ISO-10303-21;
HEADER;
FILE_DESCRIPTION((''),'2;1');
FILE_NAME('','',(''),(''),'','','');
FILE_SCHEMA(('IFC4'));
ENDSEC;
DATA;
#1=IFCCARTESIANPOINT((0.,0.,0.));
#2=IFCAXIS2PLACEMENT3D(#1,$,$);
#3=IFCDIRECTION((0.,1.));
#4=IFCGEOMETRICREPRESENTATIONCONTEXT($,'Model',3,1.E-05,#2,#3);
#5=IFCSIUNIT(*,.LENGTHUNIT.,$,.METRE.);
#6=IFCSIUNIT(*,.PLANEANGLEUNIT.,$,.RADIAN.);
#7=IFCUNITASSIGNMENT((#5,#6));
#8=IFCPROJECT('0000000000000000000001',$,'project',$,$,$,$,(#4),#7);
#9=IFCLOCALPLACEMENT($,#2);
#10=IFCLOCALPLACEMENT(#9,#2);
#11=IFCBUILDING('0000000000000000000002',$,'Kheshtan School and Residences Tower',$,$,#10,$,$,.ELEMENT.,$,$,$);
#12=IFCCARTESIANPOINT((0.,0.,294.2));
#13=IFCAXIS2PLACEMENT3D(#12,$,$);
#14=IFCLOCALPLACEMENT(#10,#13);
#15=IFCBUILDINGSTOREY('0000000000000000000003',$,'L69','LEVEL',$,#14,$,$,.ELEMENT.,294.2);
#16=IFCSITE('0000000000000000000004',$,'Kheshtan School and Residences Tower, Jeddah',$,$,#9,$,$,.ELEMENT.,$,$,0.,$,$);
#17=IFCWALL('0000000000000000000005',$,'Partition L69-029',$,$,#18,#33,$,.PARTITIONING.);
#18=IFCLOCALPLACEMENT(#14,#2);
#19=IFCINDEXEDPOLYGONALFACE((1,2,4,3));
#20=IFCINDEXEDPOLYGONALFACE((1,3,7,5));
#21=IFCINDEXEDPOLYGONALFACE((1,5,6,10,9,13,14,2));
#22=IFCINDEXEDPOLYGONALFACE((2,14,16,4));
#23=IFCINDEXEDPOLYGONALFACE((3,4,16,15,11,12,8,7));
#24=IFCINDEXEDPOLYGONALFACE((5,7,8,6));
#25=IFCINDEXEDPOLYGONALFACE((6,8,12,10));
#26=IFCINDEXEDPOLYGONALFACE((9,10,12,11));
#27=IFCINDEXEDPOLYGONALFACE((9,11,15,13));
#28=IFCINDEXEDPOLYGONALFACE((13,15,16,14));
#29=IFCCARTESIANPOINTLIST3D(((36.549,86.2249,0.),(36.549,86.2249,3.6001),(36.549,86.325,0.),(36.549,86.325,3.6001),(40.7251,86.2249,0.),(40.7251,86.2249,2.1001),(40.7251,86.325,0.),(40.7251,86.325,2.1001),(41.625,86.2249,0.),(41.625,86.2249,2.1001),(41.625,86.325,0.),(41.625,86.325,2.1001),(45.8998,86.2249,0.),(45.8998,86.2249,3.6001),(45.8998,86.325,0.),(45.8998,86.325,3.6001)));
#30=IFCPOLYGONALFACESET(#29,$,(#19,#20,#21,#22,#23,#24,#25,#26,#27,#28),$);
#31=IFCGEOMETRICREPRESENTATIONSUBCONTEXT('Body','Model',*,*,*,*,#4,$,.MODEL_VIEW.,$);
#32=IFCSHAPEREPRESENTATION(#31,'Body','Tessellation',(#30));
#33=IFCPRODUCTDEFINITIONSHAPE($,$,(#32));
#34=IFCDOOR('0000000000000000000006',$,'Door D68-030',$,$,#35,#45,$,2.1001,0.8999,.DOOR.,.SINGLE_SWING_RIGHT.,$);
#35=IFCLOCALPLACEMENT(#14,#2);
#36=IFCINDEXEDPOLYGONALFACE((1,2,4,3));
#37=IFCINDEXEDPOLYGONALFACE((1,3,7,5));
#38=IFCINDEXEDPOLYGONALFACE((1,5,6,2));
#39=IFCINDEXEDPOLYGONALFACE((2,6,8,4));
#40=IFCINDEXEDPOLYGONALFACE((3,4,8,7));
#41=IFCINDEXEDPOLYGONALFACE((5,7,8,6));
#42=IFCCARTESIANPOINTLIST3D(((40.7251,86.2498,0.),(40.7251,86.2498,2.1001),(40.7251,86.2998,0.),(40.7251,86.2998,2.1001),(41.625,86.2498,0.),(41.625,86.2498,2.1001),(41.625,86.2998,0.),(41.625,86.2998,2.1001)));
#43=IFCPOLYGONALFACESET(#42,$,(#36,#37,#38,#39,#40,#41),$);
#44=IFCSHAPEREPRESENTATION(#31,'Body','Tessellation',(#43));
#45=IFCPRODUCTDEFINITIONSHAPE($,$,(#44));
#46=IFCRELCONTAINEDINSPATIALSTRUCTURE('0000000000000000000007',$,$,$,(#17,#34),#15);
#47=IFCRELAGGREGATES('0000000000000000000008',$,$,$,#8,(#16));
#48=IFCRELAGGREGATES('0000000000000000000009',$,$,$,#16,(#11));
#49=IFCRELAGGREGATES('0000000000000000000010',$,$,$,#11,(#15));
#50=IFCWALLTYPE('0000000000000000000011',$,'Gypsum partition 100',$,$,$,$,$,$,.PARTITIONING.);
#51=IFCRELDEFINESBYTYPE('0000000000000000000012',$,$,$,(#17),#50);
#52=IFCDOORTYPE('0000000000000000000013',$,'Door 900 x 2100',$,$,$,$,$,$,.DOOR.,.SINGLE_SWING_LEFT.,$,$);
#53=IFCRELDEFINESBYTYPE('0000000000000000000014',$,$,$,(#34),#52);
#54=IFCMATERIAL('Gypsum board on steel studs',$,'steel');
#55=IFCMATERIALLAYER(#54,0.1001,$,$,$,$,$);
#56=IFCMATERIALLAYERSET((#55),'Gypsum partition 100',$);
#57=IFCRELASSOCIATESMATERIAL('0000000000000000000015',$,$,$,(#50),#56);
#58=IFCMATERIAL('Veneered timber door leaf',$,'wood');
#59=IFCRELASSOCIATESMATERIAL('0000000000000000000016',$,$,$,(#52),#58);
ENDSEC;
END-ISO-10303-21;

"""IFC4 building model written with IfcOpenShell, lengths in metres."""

from ifc_helpers import new_model, si_unit, direction, frame, frame_2d, origin, place, context, subcontext, project, spatial, rectangle, extrude, source, transform, mapped, material, layer, layer_set, type_object, element, fill, save


model = new_model("IFC4")

# Units and contexts
model_context = context("Model", 3, precision=1e-05, world=origin(), true_north=direction((0.0, 1.0)))
body_context = subcontext(model_context, "Body", "Model", "MODEL_VIEW")
ifc_project = project(units=[si_unit("LENGTHUNIT", "METRE"), si_unit("PLANEANGLEUNIT", "RADIAN")], contexts=[model_context])

# Site, building, storey
site_placement = place(None, origin())
site = spatial("IfcSite", under=ifc_project, at=site_placement, Name="Kheshtan School and Residences Tower, Jeddah", CompositionType="ELEMENT", RefElevation=0.0)
building_placement = place(site_placement, origin())
building = spatial("IfcBuilding", under=site, at=building_placement, Name="Kheshtan School and Residences Tower", CompositionType="ELEMENT")
storey_placement = place(building_placement, frame((0.0, 0.0, 294.2)))
storey = spatial("IfcBuildingStorey", under=building, at=storey_placement, Name="L69", Description="LEVEL", CompositionType="ELEMENT", Elevation=294.2)

# Wall, opening, door
ifc_material_1 = material(Name="Gypsum board on steel studs", Category="steel")
ifc_layer_1 = layer(ifc_material_1, 0.1001)
ifc_layer_set_1 = layer_set([ifc_layer_1], Name="Gypsum partition 100")
wall_type_1 = type_object("IfcWallType", Name="Gypsum partition 100", PredefinedType="PARTITIONING", material=ifc_layer_set_1)
wall_1_placement = place(storey_placement, frame((36.5491, 86.2749, 0.0), z_axis=(0.0, 0.0, 1.0), x_axis=(1.0, 0.0, 0.0)))
wall_1 = element("IfcWall", 1, at=wall_1_placement, inside=storey, type_object=wall_type_1, Name="Partition L69-029", PredefinedType="PARTITIONING", context=body_context, shape_type="SweptSolid", body=[
    extrude(rectangle(XDim=9.3508, YDim=0.1001, at=frame_2d((4.6753, 0.0))), origin(), (0.0, 0.0, 1.0), 3.6001),
])
opening_1_placement = place(wall_1_placement, frame((4.176, 0.0, 0.0)))
opening_1 = element("IfcOpeningElement", 2, at=opening_1_placement, cuts=wall_1, PredefinedType="OPENING", context=body_context, shape_type="SweptSolid", body=[
    extrude(rectangle(XDim=0.8999, YDim=2.1001, at=frame_2d((0.45, 1.05))), frame((0.0, 0.0601, 0.0), z_axis=(0.0, -1.0, 0.0), x_axis=(1.0, 0.0, 0.0)), (0.0, 0.0, 1.0), 0.1201),
])
ifc_material_2 = material(Name="Veneered timber door leaf", Category="wood")
door_type_1 = type_object("IfcDoorType", Name="Door 900 x 2100", OperationType="SINGLE_SWING_LEFT", PredefinedType="DOOR", material=ifc_material_2)
shared_shape_1 = source(origin(), body_context, "Body", "SweptSolid", [
    extrude(rectangle(XDim=0.8999, YDim=2.1001, at=frame_2d((0.45, 1.05))), frame((0.0, 0.0249, 0.0), z_axis=(0.0, -1.0, 0.0), x_axis=(1.0, 0.0, 0.0)), (0.0, 0.0, 1.0), 0.05),
])
door_1_placement = place(opening_1_placement, origin())
door_1 = element("IfcDoor", 3, at=door_1_placement, inside=storey, type_object=door_type_1, Name="Door D68-030", OperationType="SINGLE_SWING_RIGHT", OverallHeight=2.1001, OverallWidth=0.8999, PredefinedType="DOOR", context=body_context, shape_type="MappedRepresentation", body=[
    mapped(shared_shape_1, transform((0.0, 0.0, 0.0), x_axis=(1.0, 0.0, 0.0), y_axis=(0.0, 1.0, 0.0), z_axis=(0.0, 0.0, 1.0), scale=1.0)),
])
fill(opening_1, door_1)

save(model, "model.ifc")
